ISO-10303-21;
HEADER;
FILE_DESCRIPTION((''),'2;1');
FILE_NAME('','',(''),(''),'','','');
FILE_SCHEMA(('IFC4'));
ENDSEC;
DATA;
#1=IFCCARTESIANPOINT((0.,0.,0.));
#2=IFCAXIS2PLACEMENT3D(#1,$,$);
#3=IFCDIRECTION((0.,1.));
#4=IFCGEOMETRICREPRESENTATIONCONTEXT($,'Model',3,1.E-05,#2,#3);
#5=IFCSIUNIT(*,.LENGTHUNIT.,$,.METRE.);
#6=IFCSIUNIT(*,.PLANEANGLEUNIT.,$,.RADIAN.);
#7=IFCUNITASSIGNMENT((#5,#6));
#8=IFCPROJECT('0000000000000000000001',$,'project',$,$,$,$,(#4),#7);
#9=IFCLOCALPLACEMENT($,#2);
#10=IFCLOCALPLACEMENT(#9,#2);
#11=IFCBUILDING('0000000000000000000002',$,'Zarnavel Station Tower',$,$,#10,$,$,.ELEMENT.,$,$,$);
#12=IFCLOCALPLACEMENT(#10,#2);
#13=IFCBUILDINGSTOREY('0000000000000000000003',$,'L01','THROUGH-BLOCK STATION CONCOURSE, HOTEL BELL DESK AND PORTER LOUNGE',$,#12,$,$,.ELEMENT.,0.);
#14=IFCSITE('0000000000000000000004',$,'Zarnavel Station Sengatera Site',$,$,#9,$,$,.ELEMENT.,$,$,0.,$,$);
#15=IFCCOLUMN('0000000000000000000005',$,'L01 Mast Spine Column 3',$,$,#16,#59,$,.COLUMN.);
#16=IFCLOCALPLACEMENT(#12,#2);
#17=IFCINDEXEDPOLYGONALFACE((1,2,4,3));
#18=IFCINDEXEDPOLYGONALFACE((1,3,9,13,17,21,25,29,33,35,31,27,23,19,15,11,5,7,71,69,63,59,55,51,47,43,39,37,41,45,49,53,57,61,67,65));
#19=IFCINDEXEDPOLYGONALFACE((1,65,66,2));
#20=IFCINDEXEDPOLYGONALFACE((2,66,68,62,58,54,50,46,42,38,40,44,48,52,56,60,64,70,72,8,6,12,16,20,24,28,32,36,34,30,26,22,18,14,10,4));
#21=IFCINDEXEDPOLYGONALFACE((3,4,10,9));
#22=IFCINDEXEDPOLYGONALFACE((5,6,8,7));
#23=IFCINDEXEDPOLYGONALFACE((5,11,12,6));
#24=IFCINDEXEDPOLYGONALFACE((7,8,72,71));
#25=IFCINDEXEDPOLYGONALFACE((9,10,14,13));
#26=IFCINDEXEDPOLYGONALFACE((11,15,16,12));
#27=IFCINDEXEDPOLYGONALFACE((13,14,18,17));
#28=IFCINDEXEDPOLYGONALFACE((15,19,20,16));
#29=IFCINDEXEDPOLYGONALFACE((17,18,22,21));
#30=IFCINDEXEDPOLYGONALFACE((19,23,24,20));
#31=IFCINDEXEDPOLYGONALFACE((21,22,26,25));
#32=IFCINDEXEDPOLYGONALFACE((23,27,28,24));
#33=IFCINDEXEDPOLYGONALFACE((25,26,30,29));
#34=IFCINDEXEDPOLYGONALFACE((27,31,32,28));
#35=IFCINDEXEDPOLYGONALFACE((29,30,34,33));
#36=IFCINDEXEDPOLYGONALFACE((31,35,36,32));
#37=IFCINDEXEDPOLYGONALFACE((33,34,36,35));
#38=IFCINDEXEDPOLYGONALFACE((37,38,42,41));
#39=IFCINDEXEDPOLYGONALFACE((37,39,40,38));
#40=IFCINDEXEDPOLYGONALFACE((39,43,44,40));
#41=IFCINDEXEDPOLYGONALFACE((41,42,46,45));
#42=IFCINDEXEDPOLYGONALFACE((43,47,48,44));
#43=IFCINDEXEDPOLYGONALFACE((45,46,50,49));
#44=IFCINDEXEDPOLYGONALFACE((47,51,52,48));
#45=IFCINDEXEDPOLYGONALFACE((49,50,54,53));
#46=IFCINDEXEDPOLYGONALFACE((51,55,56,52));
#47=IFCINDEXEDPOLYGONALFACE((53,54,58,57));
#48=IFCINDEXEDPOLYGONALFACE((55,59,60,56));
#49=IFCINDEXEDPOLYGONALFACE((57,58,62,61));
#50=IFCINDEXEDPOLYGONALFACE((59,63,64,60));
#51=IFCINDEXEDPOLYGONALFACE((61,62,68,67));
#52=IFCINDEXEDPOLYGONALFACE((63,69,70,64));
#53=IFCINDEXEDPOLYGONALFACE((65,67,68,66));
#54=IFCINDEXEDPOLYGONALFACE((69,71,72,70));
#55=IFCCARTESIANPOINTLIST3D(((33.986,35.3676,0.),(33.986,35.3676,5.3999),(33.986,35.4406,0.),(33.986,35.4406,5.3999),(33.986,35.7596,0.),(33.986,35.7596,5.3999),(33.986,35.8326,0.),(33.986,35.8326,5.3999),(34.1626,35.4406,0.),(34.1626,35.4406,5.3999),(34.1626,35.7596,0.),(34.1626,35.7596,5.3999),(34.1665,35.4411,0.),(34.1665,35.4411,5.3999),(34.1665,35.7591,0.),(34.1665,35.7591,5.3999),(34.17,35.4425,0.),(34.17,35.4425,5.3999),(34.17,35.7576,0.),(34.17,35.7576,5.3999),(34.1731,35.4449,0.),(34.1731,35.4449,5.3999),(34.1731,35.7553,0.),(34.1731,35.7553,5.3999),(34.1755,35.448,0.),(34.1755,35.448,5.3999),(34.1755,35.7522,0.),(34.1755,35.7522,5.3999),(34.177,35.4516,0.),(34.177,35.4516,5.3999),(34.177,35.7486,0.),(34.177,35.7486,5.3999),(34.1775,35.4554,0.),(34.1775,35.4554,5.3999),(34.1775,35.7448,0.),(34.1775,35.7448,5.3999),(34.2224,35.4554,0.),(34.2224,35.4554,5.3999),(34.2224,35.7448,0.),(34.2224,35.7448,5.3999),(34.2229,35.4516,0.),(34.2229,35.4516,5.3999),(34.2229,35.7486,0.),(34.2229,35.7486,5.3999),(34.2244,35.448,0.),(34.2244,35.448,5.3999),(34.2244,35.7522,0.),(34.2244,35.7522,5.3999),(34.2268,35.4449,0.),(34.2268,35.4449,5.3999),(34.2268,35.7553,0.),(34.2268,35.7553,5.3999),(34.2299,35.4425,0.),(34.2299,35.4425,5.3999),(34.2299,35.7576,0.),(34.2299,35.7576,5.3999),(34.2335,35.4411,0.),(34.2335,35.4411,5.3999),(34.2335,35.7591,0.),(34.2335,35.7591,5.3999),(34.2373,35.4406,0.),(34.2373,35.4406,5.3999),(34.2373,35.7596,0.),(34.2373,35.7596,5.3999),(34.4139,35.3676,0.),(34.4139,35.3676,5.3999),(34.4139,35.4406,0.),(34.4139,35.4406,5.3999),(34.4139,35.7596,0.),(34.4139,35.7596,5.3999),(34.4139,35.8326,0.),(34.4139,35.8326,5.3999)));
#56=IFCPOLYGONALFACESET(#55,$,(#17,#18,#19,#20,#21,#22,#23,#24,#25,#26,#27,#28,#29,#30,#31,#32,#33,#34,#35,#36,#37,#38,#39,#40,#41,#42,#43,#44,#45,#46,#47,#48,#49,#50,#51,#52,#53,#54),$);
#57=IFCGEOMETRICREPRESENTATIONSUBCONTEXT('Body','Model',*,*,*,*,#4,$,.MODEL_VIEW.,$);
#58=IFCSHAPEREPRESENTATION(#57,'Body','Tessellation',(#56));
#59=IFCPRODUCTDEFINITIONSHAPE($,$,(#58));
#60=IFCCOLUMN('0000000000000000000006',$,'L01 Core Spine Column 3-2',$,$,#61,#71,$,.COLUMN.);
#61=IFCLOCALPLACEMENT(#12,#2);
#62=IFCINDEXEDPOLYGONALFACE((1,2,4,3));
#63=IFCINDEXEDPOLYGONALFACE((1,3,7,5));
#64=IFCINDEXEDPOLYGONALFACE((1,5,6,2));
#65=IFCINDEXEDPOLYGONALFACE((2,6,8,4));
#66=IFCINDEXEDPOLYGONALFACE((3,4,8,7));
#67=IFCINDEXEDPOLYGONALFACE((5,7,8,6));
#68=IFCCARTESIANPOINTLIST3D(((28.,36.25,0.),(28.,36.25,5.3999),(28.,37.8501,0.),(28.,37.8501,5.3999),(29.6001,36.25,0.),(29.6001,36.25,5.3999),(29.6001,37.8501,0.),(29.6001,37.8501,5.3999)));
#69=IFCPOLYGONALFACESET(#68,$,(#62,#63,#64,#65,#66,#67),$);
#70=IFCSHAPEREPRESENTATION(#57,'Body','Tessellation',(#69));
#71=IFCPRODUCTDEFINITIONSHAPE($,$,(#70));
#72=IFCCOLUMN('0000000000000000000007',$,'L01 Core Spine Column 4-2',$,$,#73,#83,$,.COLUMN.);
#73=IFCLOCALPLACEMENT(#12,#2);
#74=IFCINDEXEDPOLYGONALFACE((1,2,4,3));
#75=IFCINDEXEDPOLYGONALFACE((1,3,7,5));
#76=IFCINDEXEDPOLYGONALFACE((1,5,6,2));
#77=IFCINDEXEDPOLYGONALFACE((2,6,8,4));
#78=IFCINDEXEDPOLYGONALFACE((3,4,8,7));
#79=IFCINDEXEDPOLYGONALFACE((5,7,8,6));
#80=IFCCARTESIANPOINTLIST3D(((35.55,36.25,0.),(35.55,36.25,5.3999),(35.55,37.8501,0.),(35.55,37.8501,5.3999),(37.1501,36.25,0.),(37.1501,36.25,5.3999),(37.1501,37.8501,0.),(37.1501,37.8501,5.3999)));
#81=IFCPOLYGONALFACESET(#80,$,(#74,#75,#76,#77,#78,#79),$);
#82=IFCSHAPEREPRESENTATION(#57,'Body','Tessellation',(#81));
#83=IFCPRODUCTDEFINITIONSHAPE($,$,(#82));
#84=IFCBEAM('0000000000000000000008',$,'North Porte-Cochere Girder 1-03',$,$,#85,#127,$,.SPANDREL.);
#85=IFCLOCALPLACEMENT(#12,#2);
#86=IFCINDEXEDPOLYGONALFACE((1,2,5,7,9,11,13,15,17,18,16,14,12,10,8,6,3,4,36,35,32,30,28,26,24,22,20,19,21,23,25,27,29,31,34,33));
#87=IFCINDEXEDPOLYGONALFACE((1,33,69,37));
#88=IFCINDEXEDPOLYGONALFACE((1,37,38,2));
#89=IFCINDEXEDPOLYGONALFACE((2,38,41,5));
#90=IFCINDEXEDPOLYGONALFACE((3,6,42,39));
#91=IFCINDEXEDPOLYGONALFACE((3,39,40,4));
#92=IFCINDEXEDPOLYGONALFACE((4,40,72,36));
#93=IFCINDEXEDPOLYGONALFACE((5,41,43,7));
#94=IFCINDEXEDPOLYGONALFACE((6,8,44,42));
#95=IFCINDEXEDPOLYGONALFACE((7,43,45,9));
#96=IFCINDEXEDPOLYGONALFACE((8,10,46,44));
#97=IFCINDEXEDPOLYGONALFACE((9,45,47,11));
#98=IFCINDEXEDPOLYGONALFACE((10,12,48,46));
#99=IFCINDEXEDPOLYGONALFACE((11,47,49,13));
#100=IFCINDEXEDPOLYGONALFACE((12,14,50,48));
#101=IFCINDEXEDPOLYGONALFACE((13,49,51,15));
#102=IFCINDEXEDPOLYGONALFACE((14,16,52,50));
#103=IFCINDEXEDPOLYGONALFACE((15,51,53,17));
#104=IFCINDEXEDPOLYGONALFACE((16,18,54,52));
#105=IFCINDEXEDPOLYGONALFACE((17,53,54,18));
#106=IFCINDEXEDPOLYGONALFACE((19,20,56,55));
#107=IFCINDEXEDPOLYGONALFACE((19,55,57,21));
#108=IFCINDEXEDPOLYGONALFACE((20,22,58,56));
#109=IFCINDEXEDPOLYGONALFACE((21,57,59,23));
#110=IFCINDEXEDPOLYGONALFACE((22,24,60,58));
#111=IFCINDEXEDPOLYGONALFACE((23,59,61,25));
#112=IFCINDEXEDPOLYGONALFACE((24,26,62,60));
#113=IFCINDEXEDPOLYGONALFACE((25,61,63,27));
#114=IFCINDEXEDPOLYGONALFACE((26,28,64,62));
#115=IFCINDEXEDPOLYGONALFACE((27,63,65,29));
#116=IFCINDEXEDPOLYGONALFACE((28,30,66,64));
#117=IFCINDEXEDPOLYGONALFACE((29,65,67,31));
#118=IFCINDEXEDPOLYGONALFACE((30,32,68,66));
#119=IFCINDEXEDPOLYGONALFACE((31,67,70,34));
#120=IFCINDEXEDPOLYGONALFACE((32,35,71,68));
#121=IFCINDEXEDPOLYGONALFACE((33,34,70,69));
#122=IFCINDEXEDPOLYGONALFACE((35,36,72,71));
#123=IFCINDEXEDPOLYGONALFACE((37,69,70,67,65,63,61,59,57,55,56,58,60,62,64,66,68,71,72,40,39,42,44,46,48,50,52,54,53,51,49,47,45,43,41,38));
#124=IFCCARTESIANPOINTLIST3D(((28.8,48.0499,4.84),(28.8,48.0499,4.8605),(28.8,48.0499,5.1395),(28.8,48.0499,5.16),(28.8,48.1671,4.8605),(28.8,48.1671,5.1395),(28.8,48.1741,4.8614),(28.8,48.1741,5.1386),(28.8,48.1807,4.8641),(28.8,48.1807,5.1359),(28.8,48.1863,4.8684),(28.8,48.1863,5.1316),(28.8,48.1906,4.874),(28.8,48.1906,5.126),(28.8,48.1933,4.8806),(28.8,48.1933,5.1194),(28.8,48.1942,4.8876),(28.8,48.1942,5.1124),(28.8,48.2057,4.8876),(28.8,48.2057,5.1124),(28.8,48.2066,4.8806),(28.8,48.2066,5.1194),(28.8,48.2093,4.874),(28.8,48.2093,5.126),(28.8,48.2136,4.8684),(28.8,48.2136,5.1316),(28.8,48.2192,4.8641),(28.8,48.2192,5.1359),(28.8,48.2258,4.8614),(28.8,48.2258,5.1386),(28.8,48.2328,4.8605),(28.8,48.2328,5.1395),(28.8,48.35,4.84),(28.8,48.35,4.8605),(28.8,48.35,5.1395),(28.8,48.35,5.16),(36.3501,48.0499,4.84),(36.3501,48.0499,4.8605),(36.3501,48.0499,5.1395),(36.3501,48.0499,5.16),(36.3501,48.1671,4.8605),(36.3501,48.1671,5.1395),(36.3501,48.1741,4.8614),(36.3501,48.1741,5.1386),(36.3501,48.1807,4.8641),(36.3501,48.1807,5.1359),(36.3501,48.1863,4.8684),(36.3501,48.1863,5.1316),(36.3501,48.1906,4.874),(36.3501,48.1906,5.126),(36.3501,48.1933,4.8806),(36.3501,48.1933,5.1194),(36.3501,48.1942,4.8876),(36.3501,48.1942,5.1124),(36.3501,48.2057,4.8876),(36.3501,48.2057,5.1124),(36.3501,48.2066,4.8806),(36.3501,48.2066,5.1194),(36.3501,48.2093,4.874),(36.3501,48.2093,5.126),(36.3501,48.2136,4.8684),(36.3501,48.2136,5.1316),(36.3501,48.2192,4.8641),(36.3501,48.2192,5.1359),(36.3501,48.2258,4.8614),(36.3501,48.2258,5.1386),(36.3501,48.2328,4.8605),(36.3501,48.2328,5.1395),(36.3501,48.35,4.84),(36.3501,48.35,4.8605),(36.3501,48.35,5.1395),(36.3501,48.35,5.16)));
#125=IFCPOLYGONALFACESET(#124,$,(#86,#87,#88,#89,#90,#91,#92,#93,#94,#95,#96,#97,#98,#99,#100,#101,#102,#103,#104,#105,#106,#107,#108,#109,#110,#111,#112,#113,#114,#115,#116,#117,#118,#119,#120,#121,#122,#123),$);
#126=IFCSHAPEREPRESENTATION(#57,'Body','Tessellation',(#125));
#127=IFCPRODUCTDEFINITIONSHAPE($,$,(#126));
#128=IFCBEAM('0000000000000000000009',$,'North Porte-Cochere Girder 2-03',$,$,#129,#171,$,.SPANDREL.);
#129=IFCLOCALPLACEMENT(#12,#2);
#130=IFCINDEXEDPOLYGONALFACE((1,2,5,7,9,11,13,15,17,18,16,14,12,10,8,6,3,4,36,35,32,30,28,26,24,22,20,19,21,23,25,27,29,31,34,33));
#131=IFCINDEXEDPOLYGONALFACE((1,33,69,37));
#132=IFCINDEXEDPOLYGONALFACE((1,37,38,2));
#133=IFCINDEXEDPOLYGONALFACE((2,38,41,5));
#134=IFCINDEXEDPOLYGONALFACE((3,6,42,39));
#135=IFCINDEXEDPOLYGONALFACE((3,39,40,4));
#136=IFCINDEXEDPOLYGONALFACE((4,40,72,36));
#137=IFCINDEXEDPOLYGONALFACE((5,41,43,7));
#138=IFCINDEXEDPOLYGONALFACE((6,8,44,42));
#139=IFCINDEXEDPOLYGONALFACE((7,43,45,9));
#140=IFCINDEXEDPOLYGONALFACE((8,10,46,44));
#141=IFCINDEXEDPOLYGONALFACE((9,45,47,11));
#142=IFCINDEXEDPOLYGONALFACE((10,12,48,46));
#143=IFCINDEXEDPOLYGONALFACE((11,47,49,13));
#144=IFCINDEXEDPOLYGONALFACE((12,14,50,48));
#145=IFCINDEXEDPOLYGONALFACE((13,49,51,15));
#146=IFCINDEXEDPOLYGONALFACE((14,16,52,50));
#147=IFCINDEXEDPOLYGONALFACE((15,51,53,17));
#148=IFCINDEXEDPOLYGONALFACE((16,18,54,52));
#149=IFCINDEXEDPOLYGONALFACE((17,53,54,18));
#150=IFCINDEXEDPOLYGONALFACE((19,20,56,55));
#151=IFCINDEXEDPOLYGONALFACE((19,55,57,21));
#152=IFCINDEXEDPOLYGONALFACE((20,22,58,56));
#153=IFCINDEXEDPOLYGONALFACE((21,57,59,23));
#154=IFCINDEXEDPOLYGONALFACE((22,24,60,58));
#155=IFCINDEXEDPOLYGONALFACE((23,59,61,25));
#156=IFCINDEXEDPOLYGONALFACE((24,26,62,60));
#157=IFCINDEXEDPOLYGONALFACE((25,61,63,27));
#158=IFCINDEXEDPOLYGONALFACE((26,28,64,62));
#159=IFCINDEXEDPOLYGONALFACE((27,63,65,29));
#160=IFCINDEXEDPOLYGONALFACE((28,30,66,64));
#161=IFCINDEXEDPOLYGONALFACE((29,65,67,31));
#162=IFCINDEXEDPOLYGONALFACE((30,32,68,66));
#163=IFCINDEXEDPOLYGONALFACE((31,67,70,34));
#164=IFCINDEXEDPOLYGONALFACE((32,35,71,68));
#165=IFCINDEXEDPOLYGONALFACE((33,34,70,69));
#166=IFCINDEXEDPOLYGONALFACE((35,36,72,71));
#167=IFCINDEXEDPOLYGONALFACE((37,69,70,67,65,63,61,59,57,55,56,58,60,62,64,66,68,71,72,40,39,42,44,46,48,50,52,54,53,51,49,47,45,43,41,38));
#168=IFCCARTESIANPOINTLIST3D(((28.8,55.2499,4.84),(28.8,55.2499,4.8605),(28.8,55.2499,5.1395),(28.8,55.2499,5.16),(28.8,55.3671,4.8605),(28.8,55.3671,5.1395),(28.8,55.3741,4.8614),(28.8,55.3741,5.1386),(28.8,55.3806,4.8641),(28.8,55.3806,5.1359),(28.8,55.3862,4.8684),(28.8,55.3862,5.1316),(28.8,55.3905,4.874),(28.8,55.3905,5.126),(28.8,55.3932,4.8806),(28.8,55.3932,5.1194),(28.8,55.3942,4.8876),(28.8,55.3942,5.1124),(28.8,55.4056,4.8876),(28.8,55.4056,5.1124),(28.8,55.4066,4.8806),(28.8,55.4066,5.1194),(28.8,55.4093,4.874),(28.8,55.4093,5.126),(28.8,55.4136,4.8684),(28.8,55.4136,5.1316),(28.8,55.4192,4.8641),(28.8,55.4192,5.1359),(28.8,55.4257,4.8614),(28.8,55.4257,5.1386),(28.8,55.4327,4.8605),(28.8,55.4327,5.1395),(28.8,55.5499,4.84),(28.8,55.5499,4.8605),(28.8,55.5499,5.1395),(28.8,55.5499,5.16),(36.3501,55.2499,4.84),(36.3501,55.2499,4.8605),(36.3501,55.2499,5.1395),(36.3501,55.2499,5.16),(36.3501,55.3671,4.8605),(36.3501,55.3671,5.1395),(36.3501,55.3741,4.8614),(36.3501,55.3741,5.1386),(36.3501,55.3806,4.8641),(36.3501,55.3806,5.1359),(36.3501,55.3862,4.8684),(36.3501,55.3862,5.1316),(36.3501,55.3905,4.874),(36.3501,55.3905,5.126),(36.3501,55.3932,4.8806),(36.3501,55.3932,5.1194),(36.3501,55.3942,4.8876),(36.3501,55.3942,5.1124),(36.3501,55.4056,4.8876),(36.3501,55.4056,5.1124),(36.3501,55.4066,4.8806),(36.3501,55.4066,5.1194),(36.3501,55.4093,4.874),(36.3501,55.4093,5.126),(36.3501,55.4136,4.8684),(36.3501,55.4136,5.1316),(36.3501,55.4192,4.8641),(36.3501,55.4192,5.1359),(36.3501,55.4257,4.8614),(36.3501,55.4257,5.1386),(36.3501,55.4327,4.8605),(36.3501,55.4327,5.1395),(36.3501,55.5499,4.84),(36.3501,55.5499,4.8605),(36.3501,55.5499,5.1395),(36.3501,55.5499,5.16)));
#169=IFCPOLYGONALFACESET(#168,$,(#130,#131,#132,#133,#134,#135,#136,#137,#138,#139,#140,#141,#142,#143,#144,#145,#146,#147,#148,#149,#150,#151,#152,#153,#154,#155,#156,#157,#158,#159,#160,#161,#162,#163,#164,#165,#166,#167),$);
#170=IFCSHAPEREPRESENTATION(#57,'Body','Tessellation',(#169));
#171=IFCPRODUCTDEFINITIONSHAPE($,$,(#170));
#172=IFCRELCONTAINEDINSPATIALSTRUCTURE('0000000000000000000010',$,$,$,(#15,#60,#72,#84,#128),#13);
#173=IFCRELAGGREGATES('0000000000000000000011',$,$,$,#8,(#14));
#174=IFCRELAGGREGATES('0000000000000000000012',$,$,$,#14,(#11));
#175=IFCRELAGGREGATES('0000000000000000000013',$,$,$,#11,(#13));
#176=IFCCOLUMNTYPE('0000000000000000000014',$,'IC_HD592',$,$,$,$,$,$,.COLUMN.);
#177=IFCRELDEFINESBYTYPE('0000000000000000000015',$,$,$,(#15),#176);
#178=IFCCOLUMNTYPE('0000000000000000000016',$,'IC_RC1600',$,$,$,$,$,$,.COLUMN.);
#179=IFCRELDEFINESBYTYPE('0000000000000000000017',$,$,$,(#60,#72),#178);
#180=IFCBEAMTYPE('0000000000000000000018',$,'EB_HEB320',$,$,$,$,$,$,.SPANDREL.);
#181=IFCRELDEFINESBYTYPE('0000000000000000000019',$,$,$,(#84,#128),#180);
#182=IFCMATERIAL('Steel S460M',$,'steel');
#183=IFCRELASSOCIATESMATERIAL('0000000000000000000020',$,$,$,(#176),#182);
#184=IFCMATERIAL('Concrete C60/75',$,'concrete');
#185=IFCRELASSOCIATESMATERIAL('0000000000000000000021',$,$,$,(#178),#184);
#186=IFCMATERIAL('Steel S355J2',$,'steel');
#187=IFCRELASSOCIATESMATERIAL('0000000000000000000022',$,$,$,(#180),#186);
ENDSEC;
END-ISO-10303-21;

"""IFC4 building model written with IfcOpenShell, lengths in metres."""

from ifc_helpers import new_model, si_unit, direction, frame, origin, origin_2d, place, context, subcontext, project, spatial, rectangle, i_section, extrude, material, material_profile, profile_set, type_object, element, save


model = new_model("IFC4")

# Units and contexts
model_context = context("Model", 3, precision=1e-05, world=origin(), true_north=direction((0.0, 1.0)))
body_context = subcontext(model_context, "Body", "Model", "MODEL_VIEW")
ifc_project = project(units=[si_unit("LENGTHUNIT", "METRE"), si_unit("PLANEANGLEUNIT", "RADIAN")], contexts=[model_context])

# Site, building, storey
site_placement = place(None, origin())
site = spatial("IfcSite", under=ifc_project, at=site_placement, Name="Zarnavel Station Sengatera Site", CompositionType="ELEMENT", RefElevation=0.0)
building_placement = place(site_placement, origin())
building = spatial("IfcBuilding", under=site, at=building_placement, Name="Zarnavel Station Tower", CompositionType="ELEMENT")
storey_placement = place(building_placement, origin())
storey = spatial("IfcBuildingStorey", under=building, at=storey_placement, Name="L01", Description="THROUGH-BLOCK STATION CONCOURSE, HOTEL BELL DESK AND PORTER LOUNGE", CompositionType="ELEMENT", Elevation=0.0)

# Columns
ifc_material_1 = material(Name="Steel S460M", Category="steel")
ifc_material_profile_1 = material_profile(ifc_material_1, i_section(OverallWidth=0.428, OverallDepth=0.4651, WebThickness=0.0449, FlangeThickness=0.073, FilletRadius=0.0149, at=origin_2d()), Name="HD400x592")
ifc_profile_set_1 = profile_set([ifc_material_profile_1], Name="Steel S460M")
column_type_1 = type_object("IfcColumnType", Name="IC_HD592", PredefinedType="COLUMN", material=ifc_profile_set_1)
column_placement = place(storey_placement, frame((34.2, 35.6001, 0.0), z_axis=(0.0, 0.0, 1.0), x_axis=(1.0, 0.0, 0.0)))
element("IfcColumn", 1, at=column_placement, inside=storey, type_object=column_type_1, Name="L01 Mast Spine Column 3", PredefinedType="COLUMN", context=body_context, shape_type="SweptSolid", body=[
    extrude(i_section(OverallWidth=0.428, OverallDepth=0.4651, WebThickness=0.0449, FlangeThickness=0.073, FilletRadius=0.0149, at=origin_2d()), origin(), (0.0, 0.0, 1.0), 5.3999),
])
ifc_material_2 = material(Name="Concrete C60/75", Category="concrete")
ifc_material_profile_2 = material_profile(ifc_material_2, rectangle(XDim=1.6001, YDim=1.6001, at=origin_2d()), Name="RC1600x1600")
ifc_profile_set_2 = profile_set([ifc_material_profile_2], Name="Concrete C60/75")
column_type_2 = type_object("IfcColumnType", Name="IC_RC1600", PredefinedType="COLUMN", material=ifc_profile_set_2)
for number, where, z_axis, x_axis, name in (
    (2, (28.8, 37.05, 0.0), (0.0, 0.0, 1.0), (1.0, 0.0, 0.0), "L01 Core Spine Column 3-2"),
    (3, (36.3501, 37.05, 0.0), (0.0, 0.0, 1.0), (1.0, 0.0, 0.0), "L01 Core Spine Column 4-2"),
):
    element("IfcColumn", number, at=place(storey_placement, frame(where, z_axis=z_axis, x_axis=x_axis)), inside=storey, type_object=column_type_2, Name=name, PredefinedType="COLUMN", context=body_context, shape_type="SweptSolid", body=[
        extrude(rectangle(XDim=1.6001, YDim=1.6001, at=origin_2d()), origin(), (0.0, 0.0, 1.0), 5.3999),
    ])

# Beams
ifc_material_3 = material(Name="Steel S355J2", Category="steel")
ifc_material_profile_3 = material_profile(ifc_material_3, i_section(OverallWidth=0.3, OverallDepth=0.3201, WebThickness=0.0115, FlangeThickness=0.0205, FilletRadius=0.0271, at=origin_2d()), Name="HEB320")
ifc_profile_set_3 = profile_set([ifc_material_profile_3], Name="Steel S355J2")
beam_type_1 = type_object("IfcBeamType", Name="EB_HEB320", PredefinedType="SPANDREL", material=ifc_profile_set_3)
for number, where, z_axis, x_axis, name in (
    (4, (28.8, 48.2, 5.0), (1.0, 0.0, 0.0), (0.0, 1.0, 0.0), "North Porte-Cochere Girder 1-03"),
    (5, (28.8, 55.3999, 5.0), (1.0, 0.0, 0.0), (0.0, 1.0, 0.0), "North Porte-Cochere Girder 2-03"),
):
    element("IfcBeam", number, at=place(storey_placement, frame(where, z_axis=z_axis, x_axis=x_axis)), inside=storey, type_object=beam_type_1, Name=name, PredefinedType="SPANDREL", context=body_context, shape_type="SweptSolid", body=[
        extrude(i_section(OverallWidth=0.3, OverallDepth=0.3201, WebThickness=0.0115, FlangeThickness=0.0205, FilletRadius=0.0271, at=origin_2d()), origin(), (0.0, 0.0, 1.0), 7.55),
    ])

save(model, "model.ifc")
